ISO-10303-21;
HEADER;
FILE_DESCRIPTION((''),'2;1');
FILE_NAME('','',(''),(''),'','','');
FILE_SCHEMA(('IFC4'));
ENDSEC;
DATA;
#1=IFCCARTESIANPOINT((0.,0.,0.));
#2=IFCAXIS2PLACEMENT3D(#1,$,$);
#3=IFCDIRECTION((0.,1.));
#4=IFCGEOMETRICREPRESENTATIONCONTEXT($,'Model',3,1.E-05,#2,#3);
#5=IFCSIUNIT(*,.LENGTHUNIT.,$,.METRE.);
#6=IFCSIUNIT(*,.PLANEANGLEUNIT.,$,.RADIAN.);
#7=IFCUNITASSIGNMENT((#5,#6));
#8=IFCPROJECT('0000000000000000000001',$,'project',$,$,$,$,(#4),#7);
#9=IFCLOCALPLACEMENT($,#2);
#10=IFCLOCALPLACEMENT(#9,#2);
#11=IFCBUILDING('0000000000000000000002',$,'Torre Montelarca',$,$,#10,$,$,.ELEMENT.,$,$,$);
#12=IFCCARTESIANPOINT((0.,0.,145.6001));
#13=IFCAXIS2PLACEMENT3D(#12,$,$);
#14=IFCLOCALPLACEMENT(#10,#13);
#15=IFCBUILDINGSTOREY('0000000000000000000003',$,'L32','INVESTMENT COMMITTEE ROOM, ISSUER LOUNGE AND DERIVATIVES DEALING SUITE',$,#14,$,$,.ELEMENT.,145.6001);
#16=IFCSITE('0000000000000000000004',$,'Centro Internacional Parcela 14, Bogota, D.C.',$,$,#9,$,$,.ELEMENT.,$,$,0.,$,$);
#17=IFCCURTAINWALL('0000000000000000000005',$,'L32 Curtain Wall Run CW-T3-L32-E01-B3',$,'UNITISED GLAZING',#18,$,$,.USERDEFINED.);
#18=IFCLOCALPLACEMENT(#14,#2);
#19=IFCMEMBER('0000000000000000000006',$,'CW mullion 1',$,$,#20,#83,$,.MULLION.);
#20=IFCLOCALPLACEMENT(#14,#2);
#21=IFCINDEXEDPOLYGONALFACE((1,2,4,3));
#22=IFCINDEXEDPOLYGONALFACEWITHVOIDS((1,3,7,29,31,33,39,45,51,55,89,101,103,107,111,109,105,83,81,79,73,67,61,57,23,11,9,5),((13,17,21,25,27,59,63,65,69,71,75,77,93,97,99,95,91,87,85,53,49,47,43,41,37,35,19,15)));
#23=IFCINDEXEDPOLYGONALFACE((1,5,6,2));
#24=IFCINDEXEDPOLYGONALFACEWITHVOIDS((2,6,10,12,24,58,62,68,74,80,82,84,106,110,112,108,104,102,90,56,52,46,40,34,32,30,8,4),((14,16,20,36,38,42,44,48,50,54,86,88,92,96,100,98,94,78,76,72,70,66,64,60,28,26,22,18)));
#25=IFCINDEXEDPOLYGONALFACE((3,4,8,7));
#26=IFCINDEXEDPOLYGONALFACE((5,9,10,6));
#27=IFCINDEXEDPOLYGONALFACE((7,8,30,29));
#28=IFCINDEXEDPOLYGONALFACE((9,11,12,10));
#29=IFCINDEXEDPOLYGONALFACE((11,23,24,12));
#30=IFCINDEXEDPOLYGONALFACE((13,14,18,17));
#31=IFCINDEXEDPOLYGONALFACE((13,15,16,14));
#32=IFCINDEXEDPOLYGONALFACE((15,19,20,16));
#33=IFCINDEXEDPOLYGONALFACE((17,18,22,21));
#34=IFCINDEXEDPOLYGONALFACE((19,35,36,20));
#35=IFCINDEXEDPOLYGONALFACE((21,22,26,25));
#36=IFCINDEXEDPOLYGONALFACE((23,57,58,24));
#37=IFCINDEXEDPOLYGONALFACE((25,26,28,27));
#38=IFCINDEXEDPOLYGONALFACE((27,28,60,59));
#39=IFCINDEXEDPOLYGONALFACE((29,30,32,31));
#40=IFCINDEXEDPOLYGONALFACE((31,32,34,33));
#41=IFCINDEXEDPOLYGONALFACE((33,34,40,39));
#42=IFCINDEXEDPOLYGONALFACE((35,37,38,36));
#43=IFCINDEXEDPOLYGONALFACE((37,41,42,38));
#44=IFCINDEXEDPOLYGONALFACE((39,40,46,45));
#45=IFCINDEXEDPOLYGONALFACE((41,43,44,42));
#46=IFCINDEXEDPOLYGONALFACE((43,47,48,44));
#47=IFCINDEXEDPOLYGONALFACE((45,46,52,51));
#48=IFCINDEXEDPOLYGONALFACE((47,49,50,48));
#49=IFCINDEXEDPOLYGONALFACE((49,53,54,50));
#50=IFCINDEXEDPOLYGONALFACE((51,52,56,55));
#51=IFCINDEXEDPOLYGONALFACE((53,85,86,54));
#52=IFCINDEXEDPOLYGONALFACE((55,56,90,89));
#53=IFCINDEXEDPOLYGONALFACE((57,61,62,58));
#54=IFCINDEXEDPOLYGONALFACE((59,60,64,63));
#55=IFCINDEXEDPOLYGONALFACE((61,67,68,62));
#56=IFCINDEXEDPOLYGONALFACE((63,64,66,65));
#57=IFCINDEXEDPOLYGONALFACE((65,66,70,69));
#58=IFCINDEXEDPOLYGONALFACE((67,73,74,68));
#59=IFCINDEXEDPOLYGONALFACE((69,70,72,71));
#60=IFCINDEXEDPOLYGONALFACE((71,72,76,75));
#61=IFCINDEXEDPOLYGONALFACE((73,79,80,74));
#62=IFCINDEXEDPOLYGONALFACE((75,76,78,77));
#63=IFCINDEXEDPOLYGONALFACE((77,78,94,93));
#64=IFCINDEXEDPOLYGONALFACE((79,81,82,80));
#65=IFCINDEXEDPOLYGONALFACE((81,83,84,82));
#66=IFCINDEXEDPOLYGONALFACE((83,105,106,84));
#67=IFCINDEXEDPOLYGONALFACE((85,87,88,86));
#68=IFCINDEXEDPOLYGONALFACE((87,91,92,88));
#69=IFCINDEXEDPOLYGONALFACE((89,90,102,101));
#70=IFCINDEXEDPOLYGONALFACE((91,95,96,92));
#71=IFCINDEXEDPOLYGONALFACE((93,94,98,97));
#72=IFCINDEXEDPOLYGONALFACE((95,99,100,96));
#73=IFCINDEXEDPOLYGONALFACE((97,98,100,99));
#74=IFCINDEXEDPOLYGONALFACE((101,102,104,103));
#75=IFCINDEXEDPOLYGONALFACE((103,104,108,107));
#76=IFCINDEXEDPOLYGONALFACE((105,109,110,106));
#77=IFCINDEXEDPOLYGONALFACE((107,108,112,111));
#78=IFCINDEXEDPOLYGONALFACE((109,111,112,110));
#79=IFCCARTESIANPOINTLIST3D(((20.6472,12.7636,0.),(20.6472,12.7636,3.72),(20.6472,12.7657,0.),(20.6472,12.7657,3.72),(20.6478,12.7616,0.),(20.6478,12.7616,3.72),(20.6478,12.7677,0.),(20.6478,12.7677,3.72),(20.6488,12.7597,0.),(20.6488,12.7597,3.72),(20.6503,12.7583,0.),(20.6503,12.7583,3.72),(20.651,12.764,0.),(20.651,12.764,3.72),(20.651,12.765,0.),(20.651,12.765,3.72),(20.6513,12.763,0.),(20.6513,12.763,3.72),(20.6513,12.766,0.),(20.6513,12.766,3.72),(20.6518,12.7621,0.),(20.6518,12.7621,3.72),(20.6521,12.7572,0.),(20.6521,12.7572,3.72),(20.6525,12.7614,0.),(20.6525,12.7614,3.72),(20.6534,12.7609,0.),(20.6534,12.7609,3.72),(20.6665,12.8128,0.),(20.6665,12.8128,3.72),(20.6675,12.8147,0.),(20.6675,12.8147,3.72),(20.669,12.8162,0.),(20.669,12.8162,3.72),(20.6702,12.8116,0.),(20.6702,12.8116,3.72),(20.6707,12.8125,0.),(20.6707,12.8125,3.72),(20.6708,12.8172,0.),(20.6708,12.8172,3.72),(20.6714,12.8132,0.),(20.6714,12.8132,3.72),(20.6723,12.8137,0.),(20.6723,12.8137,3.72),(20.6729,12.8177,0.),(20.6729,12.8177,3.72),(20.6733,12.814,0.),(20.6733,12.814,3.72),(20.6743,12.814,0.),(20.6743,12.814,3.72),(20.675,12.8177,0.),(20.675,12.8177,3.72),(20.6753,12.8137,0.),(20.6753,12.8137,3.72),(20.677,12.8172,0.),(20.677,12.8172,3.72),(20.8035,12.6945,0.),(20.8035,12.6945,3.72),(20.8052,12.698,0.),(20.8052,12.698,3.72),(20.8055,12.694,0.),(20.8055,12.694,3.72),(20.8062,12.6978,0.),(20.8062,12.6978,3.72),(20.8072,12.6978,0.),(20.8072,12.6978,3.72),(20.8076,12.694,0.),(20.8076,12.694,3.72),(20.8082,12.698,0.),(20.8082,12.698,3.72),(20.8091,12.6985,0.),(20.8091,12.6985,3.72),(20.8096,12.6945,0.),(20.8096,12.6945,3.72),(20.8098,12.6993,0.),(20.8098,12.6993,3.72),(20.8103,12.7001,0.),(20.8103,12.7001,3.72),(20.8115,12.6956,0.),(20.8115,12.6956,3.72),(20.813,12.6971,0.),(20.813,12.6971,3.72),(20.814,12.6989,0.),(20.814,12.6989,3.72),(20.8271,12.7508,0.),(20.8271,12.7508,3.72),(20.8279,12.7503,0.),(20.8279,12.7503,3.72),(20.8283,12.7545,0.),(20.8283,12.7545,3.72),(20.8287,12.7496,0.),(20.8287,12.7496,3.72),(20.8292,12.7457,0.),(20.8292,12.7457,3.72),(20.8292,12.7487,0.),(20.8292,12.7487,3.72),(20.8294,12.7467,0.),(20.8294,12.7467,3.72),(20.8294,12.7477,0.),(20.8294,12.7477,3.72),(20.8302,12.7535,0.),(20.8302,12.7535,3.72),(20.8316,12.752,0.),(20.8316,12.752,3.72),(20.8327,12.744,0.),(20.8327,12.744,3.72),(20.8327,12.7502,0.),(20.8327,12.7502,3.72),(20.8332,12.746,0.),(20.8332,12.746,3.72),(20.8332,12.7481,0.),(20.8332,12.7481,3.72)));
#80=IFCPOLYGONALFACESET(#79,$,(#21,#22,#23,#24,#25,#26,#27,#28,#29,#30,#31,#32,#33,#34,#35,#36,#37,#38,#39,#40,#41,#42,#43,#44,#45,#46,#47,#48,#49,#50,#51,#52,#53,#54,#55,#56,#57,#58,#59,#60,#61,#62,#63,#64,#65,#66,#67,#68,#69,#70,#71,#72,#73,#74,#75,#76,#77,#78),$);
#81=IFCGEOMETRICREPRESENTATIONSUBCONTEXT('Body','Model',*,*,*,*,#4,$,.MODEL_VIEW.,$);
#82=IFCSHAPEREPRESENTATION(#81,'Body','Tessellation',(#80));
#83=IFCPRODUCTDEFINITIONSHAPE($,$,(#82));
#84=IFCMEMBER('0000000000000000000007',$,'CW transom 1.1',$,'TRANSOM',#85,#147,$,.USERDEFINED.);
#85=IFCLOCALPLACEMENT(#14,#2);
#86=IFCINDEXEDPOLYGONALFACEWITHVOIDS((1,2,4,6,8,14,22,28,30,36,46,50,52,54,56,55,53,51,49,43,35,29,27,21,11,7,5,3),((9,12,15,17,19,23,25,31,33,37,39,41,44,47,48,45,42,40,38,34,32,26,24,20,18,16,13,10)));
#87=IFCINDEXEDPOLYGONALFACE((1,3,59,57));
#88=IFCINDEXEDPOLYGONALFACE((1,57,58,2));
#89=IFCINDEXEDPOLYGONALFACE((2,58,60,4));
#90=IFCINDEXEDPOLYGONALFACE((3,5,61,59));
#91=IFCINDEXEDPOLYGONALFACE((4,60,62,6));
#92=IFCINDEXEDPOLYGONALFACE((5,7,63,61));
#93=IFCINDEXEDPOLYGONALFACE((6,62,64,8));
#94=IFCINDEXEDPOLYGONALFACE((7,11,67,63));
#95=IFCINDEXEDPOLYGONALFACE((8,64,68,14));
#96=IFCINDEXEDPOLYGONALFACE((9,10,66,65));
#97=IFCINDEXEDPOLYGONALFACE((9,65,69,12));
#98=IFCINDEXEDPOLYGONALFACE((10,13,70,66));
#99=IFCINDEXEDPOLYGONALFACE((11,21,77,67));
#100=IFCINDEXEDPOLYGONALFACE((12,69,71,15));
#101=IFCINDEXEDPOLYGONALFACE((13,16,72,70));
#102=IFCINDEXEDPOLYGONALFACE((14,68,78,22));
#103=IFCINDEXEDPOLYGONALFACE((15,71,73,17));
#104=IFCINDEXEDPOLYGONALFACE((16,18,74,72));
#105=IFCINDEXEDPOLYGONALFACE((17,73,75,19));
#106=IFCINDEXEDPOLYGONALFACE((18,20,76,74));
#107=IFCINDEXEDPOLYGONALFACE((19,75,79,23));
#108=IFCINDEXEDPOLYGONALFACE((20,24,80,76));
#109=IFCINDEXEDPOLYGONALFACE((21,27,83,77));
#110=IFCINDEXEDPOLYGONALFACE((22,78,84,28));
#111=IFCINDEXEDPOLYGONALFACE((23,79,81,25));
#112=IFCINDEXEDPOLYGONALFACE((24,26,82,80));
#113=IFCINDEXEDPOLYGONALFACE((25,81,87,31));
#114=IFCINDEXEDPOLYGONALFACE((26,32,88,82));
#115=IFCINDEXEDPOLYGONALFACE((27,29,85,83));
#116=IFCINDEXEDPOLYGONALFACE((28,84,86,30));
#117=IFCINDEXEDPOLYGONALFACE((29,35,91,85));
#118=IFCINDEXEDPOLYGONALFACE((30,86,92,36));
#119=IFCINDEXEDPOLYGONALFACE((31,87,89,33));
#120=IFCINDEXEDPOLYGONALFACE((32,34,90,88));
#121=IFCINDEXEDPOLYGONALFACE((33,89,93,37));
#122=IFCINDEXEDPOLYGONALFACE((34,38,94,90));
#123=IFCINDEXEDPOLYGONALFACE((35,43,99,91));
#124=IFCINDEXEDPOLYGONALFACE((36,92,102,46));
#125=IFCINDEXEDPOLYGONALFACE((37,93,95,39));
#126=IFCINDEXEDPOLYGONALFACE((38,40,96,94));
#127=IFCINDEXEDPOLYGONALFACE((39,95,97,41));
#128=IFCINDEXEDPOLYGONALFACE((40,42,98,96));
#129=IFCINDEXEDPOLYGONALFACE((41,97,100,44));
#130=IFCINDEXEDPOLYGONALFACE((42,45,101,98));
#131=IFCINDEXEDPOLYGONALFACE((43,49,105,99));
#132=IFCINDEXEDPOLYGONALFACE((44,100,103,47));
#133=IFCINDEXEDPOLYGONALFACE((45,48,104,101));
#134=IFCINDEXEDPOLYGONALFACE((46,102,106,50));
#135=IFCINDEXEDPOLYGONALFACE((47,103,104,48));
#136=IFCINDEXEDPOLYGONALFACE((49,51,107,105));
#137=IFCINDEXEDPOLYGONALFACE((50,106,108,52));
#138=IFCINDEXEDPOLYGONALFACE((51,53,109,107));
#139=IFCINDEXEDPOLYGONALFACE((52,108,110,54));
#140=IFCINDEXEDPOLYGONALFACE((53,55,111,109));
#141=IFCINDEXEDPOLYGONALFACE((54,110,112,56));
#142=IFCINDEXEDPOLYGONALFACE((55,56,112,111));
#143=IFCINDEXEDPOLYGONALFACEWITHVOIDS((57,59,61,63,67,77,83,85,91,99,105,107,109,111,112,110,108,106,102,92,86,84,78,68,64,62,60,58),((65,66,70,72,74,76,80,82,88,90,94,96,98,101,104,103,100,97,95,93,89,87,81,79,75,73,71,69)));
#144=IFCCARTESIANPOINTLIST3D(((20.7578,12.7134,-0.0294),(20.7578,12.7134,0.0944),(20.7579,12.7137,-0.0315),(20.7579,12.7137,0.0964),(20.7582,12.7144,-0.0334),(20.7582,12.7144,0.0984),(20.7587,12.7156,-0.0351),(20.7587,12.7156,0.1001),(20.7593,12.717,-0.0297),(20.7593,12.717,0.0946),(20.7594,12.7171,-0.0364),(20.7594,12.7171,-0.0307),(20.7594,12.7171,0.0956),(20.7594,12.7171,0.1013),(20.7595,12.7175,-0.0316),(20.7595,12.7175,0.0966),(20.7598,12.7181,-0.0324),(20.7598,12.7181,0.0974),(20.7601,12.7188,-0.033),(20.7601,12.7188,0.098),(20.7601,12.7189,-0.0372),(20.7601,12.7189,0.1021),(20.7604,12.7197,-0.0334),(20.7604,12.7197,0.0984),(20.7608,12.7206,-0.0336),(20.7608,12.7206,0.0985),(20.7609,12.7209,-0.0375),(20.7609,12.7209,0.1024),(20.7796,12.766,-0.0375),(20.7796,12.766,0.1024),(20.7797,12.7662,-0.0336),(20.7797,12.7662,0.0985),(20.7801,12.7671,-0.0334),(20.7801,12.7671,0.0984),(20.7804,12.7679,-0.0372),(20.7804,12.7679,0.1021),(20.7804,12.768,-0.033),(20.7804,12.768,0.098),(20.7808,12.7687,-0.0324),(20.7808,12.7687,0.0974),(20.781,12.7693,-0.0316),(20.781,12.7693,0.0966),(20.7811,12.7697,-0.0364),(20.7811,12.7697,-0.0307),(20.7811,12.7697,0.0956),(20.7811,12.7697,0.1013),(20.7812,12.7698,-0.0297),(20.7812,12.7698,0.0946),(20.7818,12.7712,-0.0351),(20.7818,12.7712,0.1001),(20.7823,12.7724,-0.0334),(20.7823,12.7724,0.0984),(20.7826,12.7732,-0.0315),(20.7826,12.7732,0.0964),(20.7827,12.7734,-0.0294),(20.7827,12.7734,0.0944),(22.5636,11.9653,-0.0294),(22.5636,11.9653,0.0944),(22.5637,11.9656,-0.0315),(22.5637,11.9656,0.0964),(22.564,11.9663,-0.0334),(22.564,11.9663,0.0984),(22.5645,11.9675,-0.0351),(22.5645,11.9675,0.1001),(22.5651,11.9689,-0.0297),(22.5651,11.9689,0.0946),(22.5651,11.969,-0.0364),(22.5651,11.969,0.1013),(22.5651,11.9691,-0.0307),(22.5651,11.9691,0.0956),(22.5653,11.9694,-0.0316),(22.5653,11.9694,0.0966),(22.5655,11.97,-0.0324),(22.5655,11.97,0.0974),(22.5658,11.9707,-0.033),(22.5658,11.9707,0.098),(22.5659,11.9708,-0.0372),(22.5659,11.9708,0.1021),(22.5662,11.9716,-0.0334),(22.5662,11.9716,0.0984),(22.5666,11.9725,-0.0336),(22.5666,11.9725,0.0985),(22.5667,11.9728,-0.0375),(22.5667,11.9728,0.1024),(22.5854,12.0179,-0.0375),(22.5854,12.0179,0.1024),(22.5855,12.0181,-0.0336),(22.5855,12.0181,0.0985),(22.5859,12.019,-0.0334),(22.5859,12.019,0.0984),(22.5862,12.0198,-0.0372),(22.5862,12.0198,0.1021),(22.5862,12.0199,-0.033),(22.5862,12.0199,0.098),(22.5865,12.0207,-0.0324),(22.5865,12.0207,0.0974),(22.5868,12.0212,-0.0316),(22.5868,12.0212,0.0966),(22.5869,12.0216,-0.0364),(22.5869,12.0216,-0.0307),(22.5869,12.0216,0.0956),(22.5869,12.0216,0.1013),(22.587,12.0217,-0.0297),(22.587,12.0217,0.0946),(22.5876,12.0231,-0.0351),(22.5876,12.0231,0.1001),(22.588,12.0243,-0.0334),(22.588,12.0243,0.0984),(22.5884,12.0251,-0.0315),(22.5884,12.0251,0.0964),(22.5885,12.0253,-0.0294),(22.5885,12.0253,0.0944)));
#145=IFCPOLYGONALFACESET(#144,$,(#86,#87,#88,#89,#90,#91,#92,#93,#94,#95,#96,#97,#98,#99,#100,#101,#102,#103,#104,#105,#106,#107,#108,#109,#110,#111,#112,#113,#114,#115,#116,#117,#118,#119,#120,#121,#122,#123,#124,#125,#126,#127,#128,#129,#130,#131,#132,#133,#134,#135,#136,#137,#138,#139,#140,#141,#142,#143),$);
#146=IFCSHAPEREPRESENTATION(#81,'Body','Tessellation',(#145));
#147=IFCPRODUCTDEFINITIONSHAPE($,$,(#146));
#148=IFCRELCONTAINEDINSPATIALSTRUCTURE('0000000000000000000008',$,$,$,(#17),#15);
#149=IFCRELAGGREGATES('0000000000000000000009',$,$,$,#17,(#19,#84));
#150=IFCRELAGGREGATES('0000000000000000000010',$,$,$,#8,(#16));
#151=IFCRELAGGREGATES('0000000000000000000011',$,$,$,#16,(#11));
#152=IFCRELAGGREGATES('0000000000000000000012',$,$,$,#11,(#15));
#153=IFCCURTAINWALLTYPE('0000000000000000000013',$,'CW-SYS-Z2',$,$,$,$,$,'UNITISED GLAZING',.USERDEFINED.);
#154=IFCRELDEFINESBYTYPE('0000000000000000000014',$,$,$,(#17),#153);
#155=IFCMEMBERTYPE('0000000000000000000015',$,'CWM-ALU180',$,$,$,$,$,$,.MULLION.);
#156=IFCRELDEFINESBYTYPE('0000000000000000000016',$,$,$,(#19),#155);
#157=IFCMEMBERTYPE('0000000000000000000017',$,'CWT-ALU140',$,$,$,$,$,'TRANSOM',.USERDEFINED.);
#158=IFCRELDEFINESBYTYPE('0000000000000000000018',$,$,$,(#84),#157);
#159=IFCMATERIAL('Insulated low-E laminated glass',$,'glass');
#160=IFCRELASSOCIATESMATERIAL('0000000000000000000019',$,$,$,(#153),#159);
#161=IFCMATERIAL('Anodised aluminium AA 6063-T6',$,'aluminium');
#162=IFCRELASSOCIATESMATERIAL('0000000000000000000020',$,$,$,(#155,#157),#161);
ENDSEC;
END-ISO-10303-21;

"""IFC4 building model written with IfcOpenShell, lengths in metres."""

from ifc_helpers import new_model, si_unit, direction, frame, origin, origin_2d, place, context, subcontext, project, spatial, hollow_rectangle, extrude, source, transform, mapped, material, material_profile, profile_set, type_object, element, aggregate, save


model = new_model("IFC4")

# Units and contexts
model_context = context("Model", 3, precision=1e-05, world=origin(), true_north=direction((0.0, 1.0)))
body_context = subcontext(model_context, "Body", "Model", "MODEL_VIEW")
ifc_project = project(units=[si_unit("LENGTHUNIT", "METRE"), si_unit("PLANEANGLEUNIT", "RADIAN")], contexts=[model_context])

# Site, building, storey
site_placement = place(None, origin())
site = spatial("IfcSite", under=ifc_project, at=site_placement, Name="Centro Internacional Parcela 14, Bogota, D.C.", CompositionType="ELEMENT", RefElevation=0.0)
building_placement = place(site_placement, origin())
building = spatial("IfcBuilding", under=site, at=building_placement, Name="Torre Montelarca", CompositionType="ELEMENT")
storey_placement = place(building_placement, frame((0.0, 0.0, 145.6001)))
storey = spatial("IfcBuildingStorey", under=building, at=storey_placement, Name="L32", Description="INVESTMENT COMMITTEE ROOM, ISSUER LOUNGE AND DERIVATIVES DEALING SUITE", CompositionType="ELEMENT", Elevation=145.6001)

# Curtain wall, members
ifc_material_1 = material(Name="Insulated low-E laminated glass", Category="glass")
curtain_wall_type = type_object("IfcCurtainWallType", Name="CW-SYS-Z2", ElementType="UNITISED GLAZING", PredefinedType="USERDEFINED", material=ifc_material_1)
ifc_material_2 = material(Name="Anodised aluminium AA 6063-T6", Category="aluminium")
ifc_material_profile_1 = material_profile(ifc_material_2, hollow_rectangle(XDim=0.0649, YDim=0.1799, WallThickness=0.0039, InnerFilletRadius=0.0039, OuterFilletRadius=0.0081, at=origin_2d()), Name="ALU65X180X4", Category="aluminium")
ifc_profile_set_1 = profile_set([ifc_material_profile_1], Name="Anodised aluminium AA 6063-T6")
member_type_1 = type_object("IfcMemberType", Name="CWM-ALU180", PredefinedType="MULLION", material=ifc_profile_set_1)
shared_shape_1 = source(origin(), body_context, "Body", "SweptSolid", [
    extrude(hollow_rectangle(XDim=0.0649, YDim=0.1799, WallThickness=0.0039, InnerFilletRadius=0.0039, OuterFilletRadius=0.0081, at=origin_2d()), origin(), (0.0, 0.0, 1.0), 3.72),
])
curtain_wall_1_placement = place(storey_placement, origin())
curtain_wall_1 = element("IfcCurtainWall", 1, at=curtain_wall_1_placement, inside=storey, type_object=curtain_wall_type, Name="L32 Curtain Wall Run CW-T3-L32-E01-B3", ObjectType="UNITISED GLAZING", PredefinedType="USERDEFINED")
member_1_placement = place(storey_placement, frame((20.7402, 12.7559, 0.0), z_axis=(0.0, 0.0, 1.0), x_axis=(0.382668, 0.923886, 0.0)))
member_1 = element("IfcMember", 2, at=member_1_placement, type_object=member_type_1, Name="CW mullion 1", PredefinedType="MULLION", context=body_context, shape_type="MappedRepresentation", body=[
    mapped(shared_shape_1, transform((0.0, 0.0, 0.0), scale=1.0)),
])
ifc_material_profile_2 = material_profile(ifc_material_2, hollow_rectangle(XDim=0.0649, YDim=0.1399, WallThickness=0.0039, InnerFilletRadius=0.0039, OuterFilletRadius=0.0081, at=origin_2d()), Name="ALU65X140X4", Category="aluminium")
ifc_profile_set_2 = profile_set([ifc_material_profile_2], Name="Anodised aluminium AA 6063-T6")
member_type_2 = type_object("IfcMemberType", Name="CWT-ALU140", ElementType="TRANSOM", PredefinedType="USERDEFINED", material=ifc_profile_set_2)
shared_shape_2 = source(origin(), body_context, "Body", "SweptSolid", [
    extrude(hollow_rectangle(XDim=0.0649, YDim=0.1399, WallThickness=0.0039, InnerFilletRadius=0.0039, OuterFilletRadius=0.0081, at=origin_2d()), origin(), (0.0, 0.0, 1.0), 1.9546),
])
member_2_placement = place(storey_placement, frame((20.7703, 12.7434, 0.0325), z_axis=(0.923858, -0.382734, 0.0), x_axis=(0.382734, 0.923858, 0.0)))
member_2 = element("IfcMember", 3, at=member_2_placement, type_object=member_type_2, Name="CW transom 1.1", ObjectType="TRANSOM", PredefinedType="USERDEFINED", context=body_context, shape_type="MappedRepresentation", body=[
    mapped(shared_shape_2, transform((0.0, 0.0, 0.0), scale=1.0)),
])
aggregate(curtain_wall_1, [member_1, member_2])

save(model, "model.ifc")
